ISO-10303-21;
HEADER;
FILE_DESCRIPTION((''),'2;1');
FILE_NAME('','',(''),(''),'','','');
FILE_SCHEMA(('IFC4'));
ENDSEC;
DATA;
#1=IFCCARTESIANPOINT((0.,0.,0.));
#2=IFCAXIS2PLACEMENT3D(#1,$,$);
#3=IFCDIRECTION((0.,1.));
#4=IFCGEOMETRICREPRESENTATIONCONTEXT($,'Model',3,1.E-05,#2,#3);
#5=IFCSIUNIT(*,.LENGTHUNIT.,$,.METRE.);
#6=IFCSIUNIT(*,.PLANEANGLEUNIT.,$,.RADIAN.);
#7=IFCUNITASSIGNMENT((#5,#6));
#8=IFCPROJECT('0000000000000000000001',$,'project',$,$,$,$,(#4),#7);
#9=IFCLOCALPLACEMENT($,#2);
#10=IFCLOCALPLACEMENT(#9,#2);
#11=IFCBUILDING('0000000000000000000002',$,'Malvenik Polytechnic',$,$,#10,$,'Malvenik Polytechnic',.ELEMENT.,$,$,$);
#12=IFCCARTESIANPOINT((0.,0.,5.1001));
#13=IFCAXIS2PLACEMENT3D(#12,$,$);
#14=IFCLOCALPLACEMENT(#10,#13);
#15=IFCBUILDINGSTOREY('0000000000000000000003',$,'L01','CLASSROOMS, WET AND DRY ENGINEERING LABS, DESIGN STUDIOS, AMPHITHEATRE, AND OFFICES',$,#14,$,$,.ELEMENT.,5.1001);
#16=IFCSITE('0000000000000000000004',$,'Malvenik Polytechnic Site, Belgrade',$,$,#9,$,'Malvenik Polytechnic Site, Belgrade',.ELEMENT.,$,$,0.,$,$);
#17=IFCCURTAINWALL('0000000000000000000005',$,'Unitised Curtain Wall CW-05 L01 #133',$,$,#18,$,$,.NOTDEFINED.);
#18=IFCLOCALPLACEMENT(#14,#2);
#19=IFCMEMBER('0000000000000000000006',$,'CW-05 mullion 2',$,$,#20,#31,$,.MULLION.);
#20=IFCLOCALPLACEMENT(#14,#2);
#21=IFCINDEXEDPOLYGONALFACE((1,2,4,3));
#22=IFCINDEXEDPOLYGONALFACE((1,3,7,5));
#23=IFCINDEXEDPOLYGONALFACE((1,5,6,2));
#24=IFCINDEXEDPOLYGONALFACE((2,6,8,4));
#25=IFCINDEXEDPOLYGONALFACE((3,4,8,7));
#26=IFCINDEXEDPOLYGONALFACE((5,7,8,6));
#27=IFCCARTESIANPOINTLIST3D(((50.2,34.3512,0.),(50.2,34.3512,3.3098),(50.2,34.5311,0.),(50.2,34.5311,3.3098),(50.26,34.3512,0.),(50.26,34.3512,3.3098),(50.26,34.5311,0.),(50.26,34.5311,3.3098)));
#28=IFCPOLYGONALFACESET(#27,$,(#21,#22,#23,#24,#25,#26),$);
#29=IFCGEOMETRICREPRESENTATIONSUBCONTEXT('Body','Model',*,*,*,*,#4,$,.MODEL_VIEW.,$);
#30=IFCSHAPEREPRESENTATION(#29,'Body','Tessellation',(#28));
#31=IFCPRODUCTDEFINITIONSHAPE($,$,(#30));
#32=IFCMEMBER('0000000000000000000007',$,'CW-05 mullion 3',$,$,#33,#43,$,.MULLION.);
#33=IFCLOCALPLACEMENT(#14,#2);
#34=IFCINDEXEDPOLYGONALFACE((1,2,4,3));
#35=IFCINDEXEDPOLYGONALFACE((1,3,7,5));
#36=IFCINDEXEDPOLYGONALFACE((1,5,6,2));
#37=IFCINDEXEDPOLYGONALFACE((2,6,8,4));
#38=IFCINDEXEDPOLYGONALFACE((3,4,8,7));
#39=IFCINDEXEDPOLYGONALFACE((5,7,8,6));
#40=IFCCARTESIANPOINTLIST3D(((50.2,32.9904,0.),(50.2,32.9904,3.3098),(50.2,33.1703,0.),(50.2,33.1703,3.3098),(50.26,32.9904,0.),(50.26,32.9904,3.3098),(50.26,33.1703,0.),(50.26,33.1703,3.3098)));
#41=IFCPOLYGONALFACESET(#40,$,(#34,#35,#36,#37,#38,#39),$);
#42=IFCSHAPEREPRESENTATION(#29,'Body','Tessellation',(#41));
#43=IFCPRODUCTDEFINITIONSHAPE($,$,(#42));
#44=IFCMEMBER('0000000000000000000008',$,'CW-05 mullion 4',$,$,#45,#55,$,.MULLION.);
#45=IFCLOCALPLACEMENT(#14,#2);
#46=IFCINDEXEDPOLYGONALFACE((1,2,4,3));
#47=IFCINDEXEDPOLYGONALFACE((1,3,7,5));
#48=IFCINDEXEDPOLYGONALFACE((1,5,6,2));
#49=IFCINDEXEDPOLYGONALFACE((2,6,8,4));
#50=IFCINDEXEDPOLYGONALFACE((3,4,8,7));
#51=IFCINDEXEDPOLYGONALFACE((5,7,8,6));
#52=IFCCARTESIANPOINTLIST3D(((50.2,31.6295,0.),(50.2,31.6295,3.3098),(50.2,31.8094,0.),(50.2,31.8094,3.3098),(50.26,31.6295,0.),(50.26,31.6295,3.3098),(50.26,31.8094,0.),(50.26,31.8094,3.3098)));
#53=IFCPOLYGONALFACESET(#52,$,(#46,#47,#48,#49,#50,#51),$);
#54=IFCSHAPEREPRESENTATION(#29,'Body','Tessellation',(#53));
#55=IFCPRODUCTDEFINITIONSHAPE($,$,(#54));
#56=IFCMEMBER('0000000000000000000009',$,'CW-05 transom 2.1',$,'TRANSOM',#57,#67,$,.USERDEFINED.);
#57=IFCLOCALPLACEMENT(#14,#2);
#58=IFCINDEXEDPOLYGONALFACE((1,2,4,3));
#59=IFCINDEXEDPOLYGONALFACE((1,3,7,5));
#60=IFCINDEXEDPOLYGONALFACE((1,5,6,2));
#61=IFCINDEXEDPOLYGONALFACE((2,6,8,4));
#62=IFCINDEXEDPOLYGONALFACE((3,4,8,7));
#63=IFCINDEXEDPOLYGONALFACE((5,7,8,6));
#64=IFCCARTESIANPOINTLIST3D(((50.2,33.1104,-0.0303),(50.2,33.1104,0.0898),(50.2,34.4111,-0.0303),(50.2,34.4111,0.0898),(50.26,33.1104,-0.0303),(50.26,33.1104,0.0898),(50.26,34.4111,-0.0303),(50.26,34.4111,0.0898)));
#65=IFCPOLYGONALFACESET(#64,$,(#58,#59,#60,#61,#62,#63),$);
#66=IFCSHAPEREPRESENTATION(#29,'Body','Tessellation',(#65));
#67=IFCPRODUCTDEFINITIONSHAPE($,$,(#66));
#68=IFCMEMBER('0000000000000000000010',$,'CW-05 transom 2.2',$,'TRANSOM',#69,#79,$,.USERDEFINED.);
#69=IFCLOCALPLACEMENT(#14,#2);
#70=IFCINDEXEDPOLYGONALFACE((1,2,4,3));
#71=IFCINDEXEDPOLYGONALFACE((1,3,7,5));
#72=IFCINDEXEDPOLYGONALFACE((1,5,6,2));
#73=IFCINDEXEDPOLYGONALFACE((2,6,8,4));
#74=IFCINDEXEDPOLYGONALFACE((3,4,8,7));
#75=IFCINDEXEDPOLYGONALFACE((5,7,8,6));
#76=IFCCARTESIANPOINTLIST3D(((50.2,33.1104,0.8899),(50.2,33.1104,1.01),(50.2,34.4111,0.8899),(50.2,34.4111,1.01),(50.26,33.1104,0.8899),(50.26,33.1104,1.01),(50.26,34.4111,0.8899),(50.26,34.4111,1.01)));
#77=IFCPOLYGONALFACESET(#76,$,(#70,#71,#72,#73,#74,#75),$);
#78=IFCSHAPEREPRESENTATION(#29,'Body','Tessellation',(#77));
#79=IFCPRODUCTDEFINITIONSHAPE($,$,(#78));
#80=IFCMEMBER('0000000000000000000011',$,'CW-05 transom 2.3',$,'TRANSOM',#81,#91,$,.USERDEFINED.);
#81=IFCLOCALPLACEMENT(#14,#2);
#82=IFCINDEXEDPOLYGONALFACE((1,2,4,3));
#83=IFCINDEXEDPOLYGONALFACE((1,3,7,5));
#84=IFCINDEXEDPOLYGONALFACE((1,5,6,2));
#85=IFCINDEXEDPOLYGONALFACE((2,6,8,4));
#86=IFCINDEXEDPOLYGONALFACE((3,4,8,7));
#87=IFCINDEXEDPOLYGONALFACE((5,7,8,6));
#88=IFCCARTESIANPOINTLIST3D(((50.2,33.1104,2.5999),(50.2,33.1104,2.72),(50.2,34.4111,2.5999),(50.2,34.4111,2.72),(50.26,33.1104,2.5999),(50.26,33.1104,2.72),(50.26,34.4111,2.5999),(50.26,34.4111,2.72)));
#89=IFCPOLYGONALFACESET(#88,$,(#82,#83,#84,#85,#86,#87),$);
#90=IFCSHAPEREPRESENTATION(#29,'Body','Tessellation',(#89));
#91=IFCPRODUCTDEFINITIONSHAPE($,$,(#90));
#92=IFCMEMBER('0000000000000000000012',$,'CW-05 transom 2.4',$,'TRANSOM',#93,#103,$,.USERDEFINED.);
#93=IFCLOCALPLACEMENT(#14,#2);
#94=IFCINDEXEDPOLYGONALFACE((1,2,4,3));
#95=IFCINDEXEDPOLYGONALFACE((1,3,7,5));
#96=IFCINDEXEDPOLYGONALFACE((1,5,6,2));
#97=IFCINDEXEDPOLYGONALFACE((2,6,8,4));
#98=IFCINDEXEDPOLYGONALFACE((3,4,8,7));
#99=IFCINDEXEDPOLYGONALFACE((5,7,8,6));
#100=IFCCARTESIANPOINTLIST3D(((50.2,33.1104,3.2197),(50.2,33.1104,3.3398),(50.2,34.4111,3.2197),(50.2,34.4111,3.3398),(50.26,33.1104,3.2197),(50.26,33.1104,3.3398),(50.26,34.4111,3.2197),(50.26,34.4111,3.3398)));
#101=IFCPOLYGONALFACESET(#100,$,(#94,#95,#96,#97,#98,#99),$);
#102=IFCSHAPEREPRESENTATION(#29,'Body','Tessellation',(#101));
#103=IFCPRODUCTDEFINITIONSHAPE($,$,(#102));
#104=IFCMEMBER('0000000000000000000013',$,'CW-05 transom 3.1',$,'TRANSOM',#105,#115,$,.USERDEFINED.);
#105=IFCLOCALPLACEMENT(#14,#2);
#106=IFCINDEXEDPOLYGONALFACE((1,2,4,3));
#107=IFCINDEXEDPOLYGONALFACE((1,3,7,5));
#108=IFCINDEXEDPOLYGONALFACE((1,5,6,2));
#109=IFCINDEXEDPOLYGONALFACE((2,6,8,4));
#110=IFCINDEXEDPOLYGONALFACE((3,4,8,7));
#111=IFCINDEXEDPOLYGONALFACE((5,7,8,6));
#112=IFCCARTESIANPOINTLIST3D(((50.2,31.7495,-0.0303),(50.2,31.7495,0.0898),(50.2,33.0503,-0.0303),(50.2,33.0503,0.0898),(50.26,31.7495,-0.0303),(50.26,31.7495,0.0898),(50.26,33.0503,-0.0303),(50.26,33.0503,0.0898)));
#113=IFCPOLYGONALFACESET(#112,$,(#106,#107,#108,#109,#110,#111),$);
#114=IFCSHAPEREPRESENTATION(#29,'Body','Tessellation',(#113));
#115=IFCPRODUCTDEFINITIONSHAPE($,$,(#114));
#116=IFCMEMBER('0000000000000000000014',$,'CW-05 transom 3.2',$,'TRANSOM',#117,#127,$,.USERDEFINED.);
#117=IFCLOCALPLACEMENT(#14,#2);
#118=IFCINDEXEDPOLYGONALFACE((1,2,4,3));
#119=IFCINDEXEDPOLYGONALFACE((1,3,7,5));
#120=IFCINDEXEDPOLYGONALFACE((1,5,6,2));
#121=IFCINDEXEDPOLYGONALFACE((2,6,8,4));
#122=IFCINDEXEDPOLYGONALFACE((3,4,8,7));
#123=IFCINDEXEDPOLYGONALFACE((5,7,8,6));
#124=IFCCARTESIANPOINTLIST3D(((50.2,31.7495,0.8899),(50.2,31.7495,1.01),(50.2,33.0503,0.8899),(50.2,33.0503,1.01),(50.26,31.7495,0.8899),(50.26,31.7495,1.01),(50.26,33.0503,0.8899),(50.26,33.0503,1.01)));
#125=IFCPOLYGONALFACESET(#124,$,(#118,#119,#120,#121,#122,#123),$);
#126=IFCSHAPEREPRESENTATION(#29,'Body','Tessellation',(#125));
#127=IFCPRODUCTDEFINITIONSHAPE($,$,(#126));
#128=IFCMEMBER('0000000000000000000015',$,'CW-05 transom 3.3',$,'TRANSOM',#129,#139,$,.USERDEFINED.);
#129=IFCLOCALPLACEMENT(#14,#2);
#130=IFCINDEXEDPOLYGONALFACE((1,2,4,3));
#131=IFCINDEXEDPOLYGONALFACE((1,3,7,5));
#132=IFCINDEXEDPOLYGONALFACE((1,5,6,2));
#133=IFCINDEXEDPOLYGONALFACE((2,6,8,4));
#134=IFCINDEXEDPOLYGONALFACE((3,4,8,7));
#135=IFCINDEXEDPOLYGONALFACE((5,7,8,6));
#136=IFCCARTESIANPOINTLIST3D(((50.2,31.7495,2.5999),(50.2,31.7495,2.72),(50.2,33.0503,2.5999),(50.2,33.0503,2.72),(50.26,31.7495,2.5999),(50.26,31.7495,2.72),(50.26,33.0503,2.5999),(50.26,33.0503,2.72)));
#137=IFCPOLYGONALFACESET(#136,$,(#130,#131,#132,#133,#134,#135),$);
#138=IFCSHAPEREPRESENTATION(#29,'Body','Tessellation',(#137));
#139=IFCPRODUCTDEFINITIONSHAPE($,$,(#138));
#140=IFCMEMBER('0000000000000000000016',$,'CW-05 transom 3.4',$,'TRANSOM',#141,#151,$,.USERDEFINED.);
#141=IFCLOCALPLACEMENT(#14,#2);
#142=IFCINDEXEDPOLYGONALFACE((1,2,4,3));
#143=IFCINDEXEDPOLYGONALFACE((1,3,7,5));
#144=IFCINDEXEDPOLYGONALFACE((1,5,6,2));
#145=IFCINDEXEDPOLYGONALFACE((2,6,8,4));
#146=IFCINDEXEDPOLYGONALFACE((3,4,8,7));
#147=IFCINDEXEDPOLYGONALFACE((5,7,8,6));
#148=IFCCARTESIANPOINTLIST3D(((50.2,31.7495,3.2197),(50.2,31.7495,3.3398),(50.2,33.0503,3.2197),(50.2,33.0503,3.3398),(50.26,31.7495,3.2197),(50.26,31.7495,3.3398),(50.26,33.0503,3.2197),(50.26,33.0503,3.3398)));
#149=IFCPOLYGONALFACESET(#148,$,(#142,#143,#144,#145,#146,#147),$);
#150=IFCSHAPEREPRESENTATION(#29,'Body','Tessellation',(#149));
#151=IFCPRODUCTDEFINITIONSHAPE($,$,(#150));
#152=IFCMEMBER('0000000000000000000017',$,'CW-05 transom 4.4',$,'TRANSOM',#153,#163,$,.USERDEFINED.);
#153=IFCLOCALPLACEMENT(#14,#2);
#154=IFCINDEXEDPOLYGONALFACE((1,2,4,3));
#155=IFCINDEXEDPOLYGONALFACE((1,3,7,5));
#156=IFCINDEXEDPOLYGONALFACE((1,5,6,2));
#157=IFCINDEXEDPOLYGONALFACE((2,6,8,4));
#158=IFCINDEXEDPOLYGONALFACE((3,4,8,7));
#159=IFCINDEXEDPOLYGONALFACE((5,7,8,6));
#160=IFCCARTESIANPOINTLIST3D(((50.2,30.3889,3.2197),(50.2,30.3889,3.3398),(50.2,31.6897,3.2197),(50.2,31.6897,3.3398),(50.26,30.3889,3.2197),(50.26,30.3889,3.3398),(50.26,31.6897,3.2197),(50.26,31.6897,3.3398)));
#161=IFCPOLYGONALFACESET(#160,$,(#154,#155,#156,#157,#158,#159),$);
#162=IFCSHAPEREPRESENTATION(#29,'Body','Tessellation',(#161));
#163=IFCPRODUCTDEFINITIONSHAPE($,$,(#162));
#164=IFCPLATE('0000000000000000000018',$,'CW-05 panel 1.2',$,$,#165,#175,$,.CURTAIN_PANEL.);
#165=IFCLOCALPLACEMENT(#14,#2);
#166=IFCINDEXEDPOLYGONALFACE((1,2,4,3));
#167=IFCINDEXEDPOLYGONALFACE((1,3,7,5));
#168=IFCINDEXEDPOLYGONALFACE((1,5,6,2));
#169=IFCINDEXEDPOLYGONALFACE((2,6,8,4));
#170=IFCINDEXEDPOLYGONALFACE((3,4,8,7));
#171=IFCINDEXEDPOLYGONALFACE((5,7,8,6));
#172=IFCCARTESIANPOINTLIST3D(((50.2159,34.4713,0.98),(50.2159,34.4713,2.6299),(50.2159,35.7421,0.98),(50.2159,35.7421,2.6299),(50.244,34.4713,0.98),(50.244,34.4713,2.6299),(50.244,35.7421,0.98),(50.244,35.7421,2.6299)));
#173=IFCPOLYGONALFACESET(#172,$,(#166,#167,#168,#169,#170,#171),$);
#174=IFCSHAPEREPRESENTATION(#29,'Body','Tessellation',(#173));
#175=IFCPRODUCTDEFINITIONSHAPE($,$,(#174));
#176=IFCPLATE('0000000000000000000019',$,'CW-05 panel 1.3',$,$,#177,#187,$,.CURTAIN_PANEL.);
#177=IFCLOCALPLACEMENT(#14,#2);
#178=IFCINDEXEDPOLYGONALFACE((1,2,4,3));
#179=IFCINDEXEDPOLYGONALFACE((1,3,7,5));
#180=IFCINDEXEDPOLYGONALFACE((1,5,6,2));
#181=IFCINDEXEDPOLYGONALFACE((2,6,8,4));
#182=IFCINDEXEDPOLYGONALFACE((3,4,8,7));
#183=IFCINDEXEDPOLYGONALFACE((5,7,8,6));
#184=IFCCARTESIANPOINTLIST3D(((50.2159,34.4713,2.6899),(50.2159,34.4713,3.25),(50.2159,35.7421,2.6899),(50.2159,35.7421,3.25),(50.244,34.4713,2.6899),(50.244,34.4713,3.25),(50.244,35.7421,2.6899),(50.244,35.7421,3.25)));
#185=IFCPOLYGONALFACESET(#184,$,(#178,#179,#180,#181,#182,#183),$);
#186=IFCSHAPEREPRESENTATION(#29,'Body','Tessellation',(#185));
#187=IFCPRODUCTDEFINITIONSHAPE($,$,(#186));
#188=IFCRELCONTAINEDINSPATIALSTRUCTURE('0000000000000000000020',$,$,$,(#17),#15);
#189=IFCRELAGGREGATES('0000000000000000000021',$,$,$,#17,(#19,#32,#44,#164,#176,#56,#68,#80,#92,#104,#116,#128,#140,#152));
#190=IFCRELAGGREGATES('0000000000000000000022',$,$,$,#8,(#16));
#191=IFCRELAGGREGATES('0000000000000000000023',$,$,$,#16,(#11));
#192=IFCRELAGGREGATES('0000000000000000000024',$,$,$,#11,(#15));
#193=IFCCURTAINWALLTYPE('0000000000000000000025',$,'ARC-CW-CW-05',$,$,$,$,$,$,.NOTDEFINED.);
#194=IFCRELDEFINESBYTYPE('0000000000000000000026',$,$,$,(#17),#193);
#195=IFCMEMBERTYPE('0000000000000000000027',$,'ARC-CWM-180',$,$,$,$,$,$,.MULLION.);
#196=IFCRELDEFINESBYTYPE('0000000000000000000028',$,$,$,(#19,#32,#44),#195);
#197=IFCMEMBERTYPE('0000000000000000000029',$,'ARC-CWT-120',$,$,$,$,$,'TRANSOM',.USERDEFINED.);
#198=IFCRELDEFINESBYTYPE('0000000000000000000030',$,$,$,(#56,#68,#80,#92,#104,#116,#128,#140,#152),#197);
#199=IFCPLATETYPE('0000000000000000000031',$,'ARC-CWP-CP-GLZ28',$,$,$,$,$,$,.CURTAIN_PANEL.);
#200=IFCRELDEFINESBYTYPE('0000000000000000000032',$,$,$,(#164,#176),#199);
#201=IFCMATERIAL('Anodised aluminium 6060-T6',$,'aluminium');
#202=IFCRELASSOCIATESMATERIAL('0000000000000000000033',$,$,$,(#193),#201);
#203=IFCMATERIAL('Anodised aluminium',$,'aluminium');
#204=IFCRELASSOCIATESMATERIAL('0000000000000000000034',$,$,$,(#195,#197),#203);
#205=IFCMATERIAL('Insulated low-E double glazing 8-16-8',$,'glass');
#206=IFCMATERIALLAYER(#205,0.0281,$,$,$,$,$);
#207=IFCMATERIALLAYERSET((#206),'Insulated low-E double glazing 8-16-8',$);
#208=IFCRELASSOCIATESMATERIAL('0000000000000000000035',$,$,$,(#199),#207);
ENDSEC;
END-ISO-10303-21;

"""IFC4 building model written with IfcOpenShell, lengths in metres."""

from ifc_helpers import new_model, si_unit, direction, frame, origin, origin_2d, place, context, subcontext, project, spatial, rectangle, extrude, material, layer, layer_set, material_profile, profile_set, type_object, element, aggregate, save


model = new_model("IFC4")

# Units and contexts
model_context = context("Model", 3, precision=1e-05, world=origin(), true_north=direction((0.0, 1.0)))
body_context = subcontext(model_context, "Body", "Model", "MODEL_VIEW")
ifc_project = project(units=[si_unit("LENGTHUNIT", "METRE"), si_unit("PLANEANGLEUNIT", "RADIAN")], contexts=[model_context])

# Site, building, storey
site_placement = place(None, origin())
site = spatial("IfcSite", under=ifc_project, at=site_placement, Name="Malvenik Polytechnic Site, Belgrade", LongName="Malvenik Polytechnic Site, Belgrade", CompositionType="ELEMENT", RefElevation=0.0)
building_placement = place(site_placement, origin())
building = spatial("IfcBuilding", under=site, at=building_placement, Name="Malvenik Polytechnic", LongName="Malvenik Polytechnic", CompositionType="ELEMENT")
storey_placement = place(building_placement, frame((0.0, 0.0, 5.1001)))
storey = spatial("IfcBuildingStorey", under=building, at=storey_placement, Name="L01", Description="CLASSROOMS, WET AND DRY ENGINEERING LABS, DESIGN STUDIOS, AMPHITHEATRE, AND OFFICES", CompositionType="ELEMENT", Elevation=5.1001)

# Curtain wall, members, plates
ifc_material_1 = material(Name="Anodised aluminium 6060-T6", Category="aluminium")
curtain_wall_type = type_object("IfcCurtainWallType", Name="ARC-CW-CW-05", PredefinedType="NOTDEFINED", material=ifc_material_1)
curtain_wall_placement = place(storey_placement, origin())
curtain_wall = element("IfcCurtainWall", 1, at=curtain_wall_placement, inside=storey, type_object=curtain_wall_type, Name="Unitised Curtain Wall CW-05 L01 #133", PredefinedType="NOTDEFINED")
ifc_material_2 = material(Name="Anodised aluminium", Category="aluminium")
ifc_material_profile_1 = material_profile(ifc_material_2, rectangle(XDim=0.0601, YDim=0.1799, at=origin_2d()), Name="ALU MULLION 60x180")
ifc_profile_set_1 = profile_set([ifc_material_profile_1], Name="Anodised aluminium")
member_type_1 = type_object("IfcMemberType", Name="ARC-CWM-180", PredefinedType="MULLION", material=ifc_profile_set_1)
member_1_placement = place(storey_placement, frame((50.23, 34.4412, 0.0), z_axis=(0.0, 0.0, 1.0), x_axis=(1.0, 0.0, 0.0)))
member_1 = element("IfcMember", 2, at=member_1_placement, type_object=member_type_1, Name="CW-05 mullion 2", PredefinedType="MULLION", context=body_context, shape_type="SweptSolid", body=[
    extrude(rectangle(XDim=0.0601, YDim=0.1799, at=origin_2d()), origin(), (0.0, 0.0, 1.0), 3.3098),
])
member_2_placement = place(storey_placement, frame((50.23, 33.0803, 0.0), z_axis=(0.0, 0.0, 1.0), x_axis=(1.0, 0.0, 0.0)))
member_2 = element("IfcMember", 3, at=member_2_placement, type_object=member_type_1, Name="CW-05 mullion 3", PredefinedType="MULLION", context=body_context, shape_type="SweptSolid", body=[
    extrude(rectangle(XDim=0.0601, YDim=0.1799, at=origin_2d()), origin(), (0.0, 0.0, 1.0), 3.3098),
])
member_3_placement = place(storey_placement, frame((50.23, 31.7195, 0.0), z_axis=(0.0, 0.0, 1.0), x_axis=(1.0, 0.0, 0.0)))
member_3 = element("IfcMember", 4, at=member_3_placement, type_object=member_type_1, Name="CW-05 mullion 4", PredefinedType="MULLION", context=body_context, shape_type="SweptSolid", body=[
    extrude(rectangle(XDim=0.0601, YDim=0.1799, at=origin_2d()), origin(), (0.0, 0.0, 1.0), 3.3098),
])
ifc_material_profile_2 = material_profile(ifc_material_2, rectangle(XDim=0.0601, YDim=0.1201, at=origin_2d()), Name="ALU TRANSOM 60x120")
ifc_profile_set_2 = profile_set([ifc_material_profile_2], Name="Anodised aluminium")
member_type_2 = type_object("IfcMemberType", Name="ARC-CWT-120", ElementType="TRANSOM", PredefinedType="USERDEFINED", material=ifc_profile_set_2)
member_4_placement = place(storey_placement, frame((50.23, 34.4111, 0.0298), z_axis=(0.0, -1.0, 0.0), x_axis=(1.0, 0.0, 0.0)))
member_4 = element("IfcMember", 5, at=member_4_placement, type_object=member_type_2, Name="CW-05 transom 2.1", ObjectType="TRANSOM", PredefinedType="USERDEFINED", context=body_context, shape_type="SweptSolid", body=[
    extrude(rectangle(XDim=0.0601, YDim=0.1201, at=origin_2d()), origin(), (0.0, 0.0, 1.0), 1.3008),
])
member_5_placement = place(storey_placement, frame((50.23, 34.4111, 0.95), z_axis=(0.0, -1.0, 0.0), x_axis=(1.0, 0.0, 0.0)))
member_5 = element("IfcMember", 6, at=member_5_placement, type_object=member_type_2, Name="CW-05 transom 2.2", ObjectType="TRANSOM", PredefinedType="USERDEFINED", context=body_context, shape_type="SweptSolid", body=[
    extrude(rectangle(XDim=0.0601, YDim=0.1201, at=origin_2d()), origin(), (0.0, 0.0, 1.0), 1.3008),
])
member_6_placement = place(storey_placement, frame((50.23, 34.4111, 2.6599), z_axis=(0.0, -1.0, 0.0), x_axis=(1.0, 0.0, 0.0)))
member_6 = element("IfcMember", 7, at=member_6_placement, type_object=member_type_2, Name="CW-05 transom 2.3", ObjectType="TRANSOM", PredefinedType="USERDEFINED", context=body_context, shape_type="SweptSolid", body=[
    extrude(rectangle(XDim=0.0601, YDim=0.1201, at=origin_2d()), origin(), (0.0, 0.0, 1.0), 1.3008),
])
member_7_placement = place(storey_placement, frame((50.23, 34.4111, 3.2798), z_axis=(0.0, -1.0, 0.0), x_axis=(1.0, 0.0, 0.0)))
member_7 = element("IfcMember", 8, at=member_7_placement, type_object=member_type_2, Name="CW-05 transom 2.4", ObjectType="TRANSOM", PredefinedType="USERDEFINED", context=body_context, shape_type="SweptSolid", body=[
    extrude(rectangle(XDim=0.0601, YDim=0.1201, at=origin_2d()), origin(), (0.0, 0.0, 1.0), 1.3008),
])
member_8_placement = place(storey_placement, frame((50.23, 33.0503, 0.0298), z_axis=(0.0, -1.0, 0.0), x_axis=(1.0, 0.0, 0.0)))
member_8 = element("IfcMember", 9, at=member_8_placement, type_object=member_type_2, Name="CW-05 transom 3.1", ObjectType="TRANSOM", PredefinedType="USERDEFINED", context=body_context, shape_type="SweptSolid", body=[
    extrude(rectangle(XDim=0.0601, YDim=0.1201, at=origin_2d()), origin(), (0.0, 0.0, 1.0), 1.3008),
])
member_9_placement = place(storey_placement, frame((50.23, 33.0503, 0.95), z_axis=(0.0, -1.0, 0.0), x_axis=(1.0, 0.0, 0.0)))
member_9 = element("IfcMember", 10, at=member_9_placement, type_object=member_type_2, Name="CW-05 transom 3.2", ObjectType="TRANSOM", PredefinedType="USERDEFINED", context=body_context, shape_type="SweptSolid", body=[
    extrude(rectangle(XDim=0.0601, YDim=0.1201, at=origin_2d()), origin(), (0.0, 0.0, 1.0), 1.3008),
])
member_10_placement = place(storey_placement, frame((50.23, 33.0503, 2.6599), z_axis=(0.0, -1.0, 0.0), x_axis=(1.0, 0.0, 0.0)))
member_10 = element("IfcMember", 11, at=member_10_placement, type_object=member_type_2, Name="CW-05 transom 3.3", ObjectType="TRANSOM", PredefinedType="USERDEFINED", context=body_context, shape_type="SweptSolid", body=[
    extrude(rectangle(XDim=0.0601, YDim=0.1201, at=origin_2d()), origin(), (0.0, 0.0, 1.0), 1.3008),
])
member_11_placement = place(storey_placement, frame((50.23, 33.0503, 3.2798), z_axis=(0.0, -1.0, 0.0), x_axis=(1.0, 0.0, 0.0)))
member_11 = element("IfcMember", 12, at=member_11_placement, type_object=member_type_2, Name="CW-05 transom 3.4", ObjectType="TRANSOM", PredefinedType="USERDEFINED", context=body_context, shape_type="SweptSolid", body=[
    extrude(rectangle(XDim=0.0601, YDim=0.1201, at=origin_2d()), origin(), (0.0, 0.0, 1.0), 1.3008),
])
member_12_placement = place(storey_placement, frame((50.23, 31.6897, 3.2798), z_axis=(0.0, -1.0, 0.0), x_axis=(1.0, 0.0, 0.0)))
member_12 = element("IfcMember", 13, at=member_12_placement, type_object=member_type_2, Name="CW-05 transom 4.4", ObjectType="TRANSOM", PredefinedType="USERDEFINED", context=body_context, shape_type="SweptSolid", body=[
    extrude(rectangle(XDim=0.0601, YDim=0.1201, at=origin_2d()), origin(), (0.0, 0.0, 1.0), 1.3008),
])
ifc_material_3 = material(Name="Insulated low-E double glazing 8-16-8", Category="glass")
ifc_layer_1 = layer(ifc_material_3, 0.0281)
ifc_layer_set_1 = layer_set([ifc_layer_1], Name="Insulated low-E double glazing 8-16-8")
plate_type_1 = type_object("IfcPlateType", Name="ARC-CWP-CP-GLZ28", PredefinedType="CURTAIN_PANEL", material=ifc_layer_set_1)
plate_1_placement = place(storey_placement, frame((50.23, 35.1067, 0.98), z_axis=(0.0, 0.0, 1.0), x_axis=(0.0, -1.0, 0.0)))
plate_1 = element("IfcPlate", 14, at=plate_1_placement, type_object=plate_type_1, Name="CW-05 panel 1.2", PredefinedType="CURTAIN_PANEL", context=body_context, shape_type="SweptSolid", body=[
    extrude(rectangle(XDim=1.2708, YDim=0.0281, at=origin_2d()), origin(), (0.0, 0.0, 1.0), 1.6499),
])
plate_2_placement = place(storey_placement, frame((50.23, 35.1067, 2.6899), z_axis=(0.0, 0.0, 1.0), x_axis=(0.0, -1.0, 0.0)))
plate_2 = element("IfcPlate", 15, at=plate_2_placement, type_object=plate_type_1, Name="CW-05 panel 1.3", PredefinedType="CURTAIN_PANEL", context=body_context, shape_type="SweptSolid", body=[
    extrude(rectangle(XDim=1.2708, YDim=0.0281, at=origin_2d()), origin(), (0.0, 0.0, 1.0), 0.5601),
])
aggregate(curtain_wall, [member_1, member_2, member_3, plate_1, plate_2, member_4, member_5, member_6, member_7, member_8, member_9, member_10, member_11, member_12])

save(model, "model.ifc")
